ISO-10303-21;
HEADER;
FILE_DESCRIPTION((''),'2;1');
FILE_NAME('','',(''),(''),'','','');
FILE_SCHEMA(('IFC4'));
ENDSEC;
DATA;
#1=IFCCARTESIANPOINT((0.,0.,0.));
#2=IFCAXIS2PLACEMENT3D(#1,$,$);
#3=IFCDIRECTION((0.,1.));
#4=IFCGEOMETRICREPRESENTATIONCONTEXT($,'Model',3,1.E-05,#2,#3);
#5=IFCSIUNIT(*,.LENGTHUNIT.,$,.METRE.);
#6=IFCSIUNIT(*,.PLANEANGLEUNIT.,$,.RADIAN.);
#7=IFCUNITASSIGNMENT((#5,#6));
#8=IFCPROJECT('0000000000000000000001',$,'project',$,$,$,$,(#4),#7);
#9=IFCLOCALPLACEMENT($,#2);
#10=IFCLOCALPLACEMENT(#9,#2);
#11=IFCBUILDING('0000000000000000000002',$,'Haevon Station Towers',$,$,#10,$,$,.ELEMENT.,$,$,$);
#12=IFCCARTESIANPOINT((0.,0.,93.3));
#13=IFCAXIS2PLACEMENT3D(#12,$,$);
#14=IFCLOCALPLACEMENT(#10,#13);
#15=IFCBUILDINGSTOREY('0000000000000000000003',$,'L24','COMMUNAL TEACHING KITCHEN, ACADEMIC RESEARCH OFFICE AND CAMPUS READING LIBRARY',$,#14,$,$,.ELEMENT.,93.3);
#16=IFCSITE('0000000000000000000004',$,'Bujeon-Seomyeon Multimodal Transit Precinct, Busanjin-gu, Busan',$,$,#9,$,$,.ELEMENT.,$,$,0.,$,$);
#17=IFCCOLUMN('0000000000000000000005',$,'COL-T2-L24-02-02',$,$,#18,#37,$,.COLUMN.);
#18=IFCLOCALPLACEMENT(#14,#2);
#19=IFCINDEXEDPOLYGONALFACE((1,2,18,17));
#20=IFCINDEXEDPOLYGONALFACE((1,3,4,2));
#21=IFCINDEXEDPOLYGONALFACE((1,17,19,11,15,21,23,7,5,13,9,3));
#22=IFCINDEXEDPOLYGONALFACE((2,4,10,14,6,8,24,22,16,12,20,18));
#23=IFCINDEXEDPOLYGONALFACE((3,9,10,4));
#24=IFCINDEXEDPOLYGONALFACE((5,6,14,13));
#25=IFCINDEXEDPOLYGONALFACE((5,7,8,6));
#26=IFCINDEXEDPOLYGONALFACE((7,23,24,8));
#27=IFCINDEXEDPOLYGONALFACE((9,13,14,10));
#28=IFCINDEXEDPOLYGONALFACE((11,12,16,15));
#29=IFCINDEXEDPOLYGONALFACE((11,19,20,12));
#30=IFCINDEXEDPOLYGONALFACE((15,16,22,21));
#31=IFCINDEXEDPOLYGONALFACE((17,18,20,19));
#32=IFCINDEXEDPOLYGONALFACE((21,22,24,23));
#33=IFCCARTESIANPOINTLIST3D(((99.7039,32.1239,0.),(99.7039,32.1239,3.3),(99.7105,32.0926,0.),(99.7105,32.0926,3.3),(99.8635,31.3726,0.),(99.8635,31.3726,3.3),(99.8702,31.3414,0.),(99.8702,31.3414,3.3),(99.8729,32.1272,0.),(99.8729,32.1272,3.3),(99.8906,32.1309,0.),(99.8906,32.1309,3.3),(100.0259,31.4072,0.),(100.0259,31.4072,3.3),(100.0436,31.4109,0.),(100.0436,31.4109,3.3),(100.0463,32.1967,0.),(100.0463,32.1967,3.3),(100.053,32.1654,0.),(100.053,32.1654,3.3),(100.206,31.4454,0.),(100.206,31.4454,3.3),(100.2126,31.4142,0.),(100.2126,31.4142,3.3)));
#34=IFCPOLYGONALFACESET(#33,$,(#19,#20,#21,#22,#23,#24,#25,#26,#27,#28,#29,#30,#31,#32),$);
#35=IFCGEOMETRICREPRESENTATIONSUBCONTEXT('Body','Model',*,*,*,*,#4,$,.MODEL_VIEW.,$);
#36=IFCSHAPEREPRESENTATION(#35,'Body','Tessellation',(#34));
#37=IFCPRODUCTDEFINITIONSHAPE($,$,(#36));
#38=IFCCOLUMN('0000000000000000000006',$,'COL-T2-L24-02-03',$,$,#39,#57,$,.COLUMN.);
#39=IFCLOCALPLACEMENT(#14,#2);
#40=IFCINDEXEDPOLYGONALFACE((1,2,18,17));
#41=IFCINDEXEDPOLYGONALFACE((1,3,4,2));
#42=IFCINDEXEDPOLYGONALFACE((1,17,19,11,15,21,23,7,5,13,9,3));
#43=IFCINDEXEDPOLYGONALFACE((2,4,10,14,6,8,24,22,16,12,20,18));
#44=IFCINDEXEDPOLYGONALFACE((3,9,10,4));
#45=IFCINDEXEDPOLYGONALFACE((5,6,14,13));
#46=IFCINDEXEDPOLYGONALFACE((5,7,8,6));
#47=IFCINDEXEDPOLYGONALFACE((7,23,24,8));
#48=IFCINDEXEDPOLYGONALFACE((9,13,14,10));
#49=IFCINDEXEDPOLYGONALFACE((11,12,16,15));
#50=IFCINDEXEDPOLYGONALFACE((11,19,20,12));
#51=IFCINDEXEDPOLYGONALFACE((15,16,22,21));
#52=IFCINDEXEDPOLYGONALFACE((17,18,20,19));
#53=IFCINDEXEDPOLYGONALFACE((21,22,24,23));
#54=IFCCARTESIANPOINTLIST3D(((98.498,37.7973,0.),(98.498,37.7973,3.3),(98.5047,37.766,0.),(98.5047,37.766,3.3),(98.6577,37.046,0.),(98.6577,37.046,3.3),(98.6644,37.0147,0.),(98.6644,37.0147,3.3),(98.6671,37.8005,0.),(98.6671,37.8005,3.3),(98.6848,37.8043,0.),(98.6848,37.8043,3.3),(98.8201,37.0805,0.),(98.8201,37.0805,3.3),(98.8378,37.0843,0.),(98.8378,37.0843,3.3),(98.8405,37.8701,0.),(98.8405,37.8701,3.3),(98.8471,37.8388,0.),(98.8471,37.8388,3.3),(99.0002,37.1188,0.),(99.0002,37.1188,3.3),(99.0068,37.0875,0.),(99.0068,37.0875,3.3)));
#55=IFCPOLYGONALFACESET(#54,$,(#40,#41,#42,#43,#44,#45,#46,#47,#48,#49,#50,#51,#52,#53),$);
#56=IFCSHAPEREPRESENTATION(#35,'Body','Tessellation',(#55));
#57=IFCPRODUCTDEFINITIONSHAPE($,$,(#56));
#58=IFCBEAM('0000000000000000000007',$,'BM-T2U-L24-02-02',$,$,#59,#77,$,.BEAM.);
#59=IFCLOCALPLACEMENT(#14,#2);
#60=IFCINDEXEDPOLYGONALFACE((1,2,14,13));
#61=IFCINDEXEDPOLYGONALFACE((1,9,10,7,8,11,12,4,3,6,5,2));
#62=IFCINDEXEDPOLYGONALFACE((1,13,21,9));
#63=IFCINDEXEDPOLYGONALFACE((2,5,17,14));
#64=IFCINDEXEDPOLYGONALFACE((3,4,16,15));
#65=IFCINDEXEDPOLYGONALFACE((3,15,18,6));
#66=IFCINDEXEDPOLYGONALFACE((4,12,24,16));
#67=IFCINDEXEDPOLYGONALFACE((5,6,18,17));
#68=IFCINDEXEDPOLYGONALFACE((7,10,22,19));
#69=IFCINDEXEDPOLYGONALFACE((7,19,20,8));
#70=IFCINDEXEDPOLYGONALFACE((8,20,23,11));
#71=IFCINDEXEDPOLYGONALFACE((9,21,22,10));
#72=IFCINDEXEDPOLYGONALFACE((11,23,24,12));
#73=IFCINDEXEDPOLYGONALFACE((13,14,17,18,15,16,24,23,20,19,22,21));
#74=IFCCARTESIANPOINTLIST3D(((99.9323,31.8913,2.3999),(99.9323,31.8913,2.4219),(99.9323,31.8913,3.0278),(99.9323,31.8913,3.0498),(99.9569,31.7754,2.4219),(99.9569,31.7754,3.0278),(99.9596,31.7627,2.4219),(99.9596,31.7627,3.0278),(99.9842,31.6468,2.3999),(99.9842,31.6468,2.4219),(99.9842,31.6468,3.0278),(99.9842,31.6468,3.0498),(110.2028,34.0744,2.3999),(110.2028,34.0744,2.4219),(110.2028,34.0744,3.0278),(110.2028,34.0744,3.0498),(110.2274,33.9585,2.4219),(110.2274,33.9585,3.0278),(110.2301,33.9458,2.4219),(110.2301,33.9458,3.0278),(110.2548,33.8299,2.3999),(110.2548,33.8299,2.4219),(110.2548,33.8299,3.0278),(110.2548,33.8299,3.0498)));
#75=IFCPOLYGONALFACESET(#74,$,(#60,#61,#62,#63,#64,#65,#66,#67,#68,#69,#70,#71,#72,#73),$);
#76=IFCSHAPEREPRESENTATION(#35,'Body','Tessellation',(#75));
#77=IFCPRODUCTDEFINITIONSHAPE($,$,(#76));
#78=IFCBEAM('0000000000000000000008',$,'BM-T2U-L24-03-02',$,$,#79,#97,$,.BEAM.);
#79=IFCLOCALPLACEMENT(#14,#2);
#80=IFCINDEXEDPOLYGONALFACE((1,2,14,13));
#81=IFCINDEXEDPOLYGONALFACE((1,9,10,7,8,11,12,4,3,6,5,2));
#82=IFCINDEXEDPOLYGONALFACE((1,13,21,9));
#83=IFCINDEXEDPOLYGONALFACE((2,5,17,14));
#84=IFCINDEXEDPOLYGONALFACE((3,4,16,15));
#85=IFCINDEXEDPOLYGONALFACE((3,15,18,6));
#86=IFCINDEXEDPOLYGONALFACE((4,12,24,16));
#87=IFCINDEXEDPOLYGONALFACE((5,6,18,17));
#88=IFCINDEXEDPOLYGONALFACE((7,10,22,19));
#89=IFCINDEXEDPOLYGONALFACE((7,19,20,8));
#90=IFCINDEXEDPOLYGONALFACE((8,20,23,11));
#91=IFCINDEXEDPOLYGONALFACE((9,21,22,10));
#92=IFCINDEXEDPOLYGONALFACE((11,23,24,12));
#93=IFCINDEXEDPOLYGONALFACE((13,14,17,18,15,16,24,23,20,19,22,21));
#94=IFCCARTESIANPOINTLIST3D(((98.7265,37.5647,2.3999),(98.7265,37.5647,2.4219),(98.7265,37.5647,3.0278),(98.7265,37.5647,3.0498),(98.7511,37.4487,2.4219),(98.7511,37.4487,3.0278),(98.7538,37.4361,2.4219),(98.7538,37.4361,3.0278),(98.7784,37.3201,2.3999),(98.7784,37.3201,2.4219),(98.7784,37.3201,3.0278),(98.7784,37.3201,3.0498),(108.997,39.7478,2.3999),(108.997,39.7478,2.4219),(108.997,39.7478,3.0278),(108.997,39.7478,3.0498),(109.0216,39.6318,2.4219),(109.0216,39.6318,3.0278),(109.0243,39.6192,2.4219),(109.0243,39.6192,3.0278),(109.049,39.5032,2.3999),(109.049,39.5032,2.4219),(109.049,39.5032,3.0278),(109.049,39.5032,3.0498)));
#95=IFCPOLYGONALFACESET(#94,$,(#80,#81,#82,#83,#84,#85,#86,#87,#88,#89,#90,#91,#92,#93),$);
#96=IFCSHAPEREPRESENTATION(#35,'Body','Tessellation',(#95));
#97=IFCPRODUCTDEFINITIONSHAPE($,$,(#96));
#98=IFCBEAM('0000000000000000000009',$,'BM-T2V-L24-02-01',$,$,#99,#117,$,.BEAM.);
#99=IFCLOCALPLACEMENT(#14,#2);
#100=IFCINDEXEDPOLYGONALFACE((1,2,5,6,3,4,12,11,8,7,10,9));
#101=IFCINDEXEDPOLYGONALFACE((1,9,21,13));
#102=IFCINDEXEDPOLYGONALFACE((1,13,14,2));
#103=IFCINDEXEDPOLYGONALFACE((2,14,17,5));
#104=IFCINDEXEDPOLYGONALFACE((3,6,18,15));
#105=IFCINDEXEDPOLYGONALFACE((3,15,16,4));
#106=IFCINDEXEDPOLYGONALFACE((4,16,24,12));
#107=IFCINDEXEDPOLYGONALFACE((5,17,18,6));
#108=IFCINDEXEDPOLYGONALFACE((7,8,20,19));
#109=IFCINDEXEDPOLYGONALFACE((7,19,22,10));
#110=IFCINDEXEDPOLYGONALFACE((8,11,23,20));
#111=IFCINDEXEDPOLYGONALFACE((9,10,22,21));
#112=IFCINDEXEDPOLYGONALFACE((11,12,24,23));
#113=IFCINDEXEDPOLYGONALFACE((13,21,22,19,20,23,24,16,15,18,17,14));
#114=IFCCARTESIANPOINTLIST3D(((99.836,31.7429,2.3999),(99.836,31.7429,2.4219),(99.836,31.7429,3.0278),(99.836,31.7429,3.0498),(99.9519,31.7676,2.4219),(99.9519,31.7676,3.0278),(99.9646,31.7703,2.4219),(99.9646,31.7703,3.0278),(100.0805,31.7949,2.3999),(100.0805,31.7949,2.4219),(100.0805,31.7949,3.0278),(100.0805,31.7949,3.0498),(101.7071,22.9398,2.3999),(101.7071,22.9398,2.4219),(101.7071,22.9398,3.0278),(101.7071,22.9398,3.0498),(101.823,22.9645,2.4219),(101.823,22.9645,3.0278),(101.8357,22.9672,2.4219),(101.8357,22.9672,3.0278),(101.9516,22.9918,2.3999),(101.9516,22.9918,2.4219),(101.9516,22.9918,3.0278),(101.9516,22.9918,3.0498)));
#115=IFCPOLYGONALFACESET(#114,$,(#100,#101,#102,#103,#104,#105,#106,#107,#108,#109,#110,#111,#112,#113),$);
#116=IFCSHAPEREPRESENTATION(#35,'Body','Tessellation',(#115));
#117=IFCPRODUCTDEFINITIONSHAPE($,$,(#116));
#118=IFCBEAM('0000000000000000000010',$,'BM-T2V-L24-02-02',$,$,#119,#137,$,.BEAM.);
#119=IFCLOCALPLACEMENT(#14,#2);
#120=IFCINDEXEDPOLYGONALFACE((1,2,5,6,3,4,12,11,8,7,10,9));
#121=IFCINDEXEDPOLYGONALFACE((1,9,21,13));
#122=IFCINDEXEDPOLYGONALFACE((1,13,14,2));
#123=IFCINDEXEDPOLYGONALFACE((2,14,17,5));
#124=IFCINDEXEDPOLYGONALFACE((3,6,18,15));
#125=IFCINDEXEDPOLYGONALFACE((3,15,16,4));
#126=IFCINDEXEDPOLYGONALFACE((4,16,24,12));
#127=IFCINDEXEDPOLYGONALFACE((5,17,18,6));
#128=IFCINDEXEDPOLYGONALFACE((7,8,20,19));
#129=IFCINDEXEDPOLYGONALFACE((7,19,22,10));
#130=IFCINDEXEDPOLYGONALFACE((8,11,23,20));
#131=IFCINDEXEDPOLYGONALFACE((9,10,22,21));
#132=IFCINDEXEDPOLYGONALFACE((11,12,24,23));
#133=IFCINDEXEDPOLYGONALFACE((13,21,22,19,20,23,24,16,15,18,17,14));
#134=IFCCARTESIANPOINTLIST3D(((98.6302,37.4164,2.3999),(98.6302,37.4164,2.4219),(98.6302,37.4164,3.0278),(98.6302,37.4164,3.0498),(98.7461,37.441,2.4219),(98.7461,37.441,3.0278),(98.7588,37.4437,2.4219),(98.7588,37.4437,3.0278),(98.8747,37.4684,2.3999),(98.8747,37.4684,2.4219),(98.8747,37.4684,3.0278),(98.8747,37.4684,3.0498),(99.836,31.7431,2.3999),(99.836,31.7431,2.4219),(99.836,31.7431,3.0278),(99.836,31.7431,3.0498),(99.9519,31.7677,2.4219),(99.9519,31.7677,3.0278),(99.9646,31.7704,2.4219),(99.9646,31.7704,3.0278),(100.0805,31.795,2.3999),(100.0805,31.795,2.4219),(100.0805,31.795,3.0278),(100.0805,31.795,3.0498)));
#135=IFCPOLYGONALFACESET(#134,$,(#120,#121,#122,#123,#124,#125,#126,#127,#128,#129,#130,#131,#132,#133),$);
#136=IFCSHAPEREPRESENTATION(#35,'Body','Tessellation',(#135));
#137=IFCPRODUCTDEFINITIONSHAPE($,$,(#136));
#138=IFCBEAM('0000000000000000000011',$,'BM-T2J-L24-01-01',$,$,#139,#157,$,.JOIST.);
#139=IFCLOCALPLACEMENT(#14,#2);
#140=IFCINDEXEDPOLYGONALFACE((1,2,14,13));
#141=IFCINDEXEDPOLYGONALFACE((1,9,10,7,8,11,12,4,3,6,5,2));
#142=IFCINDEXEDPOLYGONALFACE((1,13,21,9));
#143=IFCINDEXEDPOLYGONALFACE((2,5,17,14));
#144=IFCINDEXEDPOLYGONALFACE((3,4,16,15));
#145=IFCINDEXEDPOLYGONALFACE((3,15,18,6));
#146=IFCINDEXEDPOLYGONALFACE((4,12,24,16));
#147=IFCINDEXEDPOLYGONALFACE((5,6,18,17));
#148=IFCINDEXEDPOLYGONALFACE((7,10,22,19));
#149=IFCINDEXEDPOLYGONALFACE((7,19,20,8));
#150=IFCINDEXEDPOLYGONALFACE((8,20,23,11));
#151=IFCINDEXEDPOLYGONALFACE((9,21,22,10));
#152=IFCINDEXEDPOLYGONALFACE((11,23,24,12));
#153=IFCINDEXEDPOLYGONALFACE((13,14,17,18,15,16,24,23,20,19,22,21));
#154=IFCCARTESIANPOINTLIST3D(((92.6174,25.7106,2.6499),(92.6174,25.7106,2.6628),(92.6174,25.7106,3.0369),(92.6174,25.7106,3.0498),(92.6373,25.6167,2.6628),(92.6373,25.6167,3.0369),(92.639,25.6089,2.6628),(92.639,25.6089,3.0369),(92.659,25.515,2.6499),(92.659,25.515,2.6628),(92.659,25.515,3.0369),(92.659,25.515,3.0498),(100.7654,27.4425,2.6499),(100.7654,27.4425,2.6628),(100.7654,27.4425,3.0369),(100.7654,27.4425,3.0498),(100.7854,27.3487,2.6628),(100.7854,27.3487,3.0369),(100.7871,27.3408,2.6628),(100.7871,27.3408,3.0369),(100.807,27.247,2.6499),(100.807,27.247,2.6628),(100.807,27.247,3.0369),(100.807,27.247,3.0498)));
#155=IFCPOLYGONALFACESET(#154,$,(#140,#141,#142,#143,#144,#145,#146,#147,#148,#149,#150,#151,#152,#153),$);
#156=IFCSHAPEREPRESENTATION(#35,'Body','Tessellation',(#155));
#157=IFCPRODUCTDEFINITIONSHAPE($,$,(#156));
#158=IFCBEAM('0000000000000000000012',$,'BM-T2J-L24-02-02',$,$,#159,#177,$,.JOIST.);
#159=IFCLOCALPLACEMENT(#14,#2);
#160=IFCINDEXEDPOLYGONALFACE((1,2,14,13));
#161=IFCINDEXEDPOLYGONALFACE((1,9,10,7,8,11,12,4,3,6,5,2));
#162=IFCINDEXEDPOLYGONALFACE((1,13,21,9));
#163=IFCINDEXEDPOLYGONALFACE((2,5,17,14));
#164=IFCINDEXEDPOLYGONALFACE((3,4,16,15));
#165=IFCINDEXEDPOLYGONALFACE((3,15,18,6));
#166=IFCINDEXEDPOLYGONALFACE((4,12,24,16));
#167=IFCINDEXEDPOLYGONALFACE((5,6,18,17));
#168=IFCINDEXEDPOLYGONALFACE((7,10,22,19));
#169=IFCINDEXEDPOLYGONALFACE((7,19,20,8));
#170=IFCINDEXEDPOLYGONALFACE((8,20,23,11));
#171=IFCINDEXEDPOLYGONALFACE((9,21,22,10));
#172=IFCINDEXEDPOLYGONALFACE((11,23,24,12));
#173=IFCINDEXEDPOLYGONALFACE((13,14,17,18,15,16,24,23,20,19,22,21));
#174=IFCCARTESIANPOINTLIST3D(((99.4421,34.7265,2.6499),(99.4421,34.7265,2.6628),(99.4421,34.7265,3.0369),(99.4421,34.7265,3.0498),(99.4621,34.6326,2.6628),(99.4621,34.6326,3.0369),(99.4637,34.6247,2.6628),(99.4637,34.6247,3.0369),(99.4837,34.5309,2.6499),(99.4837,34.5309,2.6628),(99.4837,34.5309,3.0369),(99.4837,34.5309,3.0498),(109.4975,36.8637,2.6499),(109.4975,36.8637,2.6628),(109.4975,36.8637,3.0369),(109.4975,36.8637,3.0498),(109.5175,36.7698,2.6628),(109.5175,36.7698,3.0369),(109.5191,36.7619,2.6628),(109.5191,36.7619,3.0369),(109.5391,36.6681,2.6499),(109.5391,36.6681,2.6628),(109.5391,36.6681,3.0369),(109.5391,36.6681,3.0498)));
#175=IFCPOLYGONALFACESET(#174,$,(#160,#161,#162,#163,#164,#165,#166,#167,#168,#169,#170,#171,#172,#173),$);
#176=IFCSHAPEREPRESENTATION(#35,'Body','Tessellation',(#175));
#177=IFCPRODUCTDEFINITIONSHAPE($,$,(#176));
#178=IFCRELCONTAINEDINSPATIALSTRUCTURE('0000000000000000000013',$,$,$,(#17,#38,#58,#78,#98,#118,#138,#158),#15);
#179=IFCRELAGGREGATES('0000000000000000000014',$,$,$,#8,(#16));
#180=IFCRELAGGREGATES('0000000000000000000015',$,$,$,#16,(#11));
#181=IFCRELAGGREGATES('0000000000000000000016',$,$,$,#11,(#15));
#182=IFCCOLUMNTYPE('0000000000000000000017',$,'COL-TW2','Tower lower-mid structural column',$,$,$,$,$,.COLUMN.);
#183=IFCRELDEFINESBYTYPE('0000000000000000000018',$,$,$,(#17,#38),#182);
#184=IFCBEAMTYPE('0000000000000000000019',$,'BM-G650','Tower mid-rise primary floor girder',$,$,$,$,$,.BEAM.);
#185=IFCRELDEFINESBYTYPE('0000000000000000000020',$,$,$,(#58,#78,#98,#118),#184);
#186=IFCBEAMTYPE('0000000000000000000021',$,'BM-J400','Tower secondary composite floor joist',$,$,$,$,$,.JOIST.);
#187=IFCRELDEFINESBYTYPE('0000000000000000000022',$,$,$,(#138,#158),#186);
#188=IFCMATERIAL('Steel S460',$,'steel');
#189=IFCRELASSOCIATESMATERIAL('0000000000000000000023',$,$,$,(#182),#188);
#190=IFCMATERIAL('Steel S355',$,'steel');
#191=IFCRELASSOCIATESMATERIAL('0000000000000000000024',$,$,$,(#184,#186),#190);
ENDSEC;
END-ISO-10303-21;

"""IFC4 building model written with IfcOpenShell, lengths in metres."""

from ifc_helpers import new_model, si_unit, direction, frame, origin, origin_2d, place, context, subcontext, project, spatial, i_section, extrude, material, material_profile, profile_set, type_object, element, save


model = new_model("IFC4")

# Units and contexts
model_context = context("Model", 3, precision=1e-05, world=origin(), true_north=direction((0.0, 1.0)))
body_context = subcontext(model_context, "Body", "Model", "MODEL_VIEW")
ifc_project = project(units=[si_unit("LENGTHUNIT", "METRE"), si_unit("PLANEANGLEUNIT", "RADIAN")], contexts=[model_context])

# Site, building, storey
site_placement = place(None, origin())
site = spatial("IfcSite", under=ifc_project, at=site_placement, Name="Bujeon-Seomyeon Multimodal Transit Precinct, Busanjin-gu, Busan", CompositionType="ELEMENT", RefElevation=0.0)
building_placement = place(site_placement, origin())
building = spatial("IfcBuilding", under=site, at=building_placement, Name="Haevon Station Towers", CompositionType="ELEMENT")
storey_placement = place(building_placement, frame((0.0, 0.0, 93.3)))
storey = spatial("IfcBuildingStorey", under=building, at=storey_placement, Name="L24", Description="COMMUNAL TEACHING KITCHEN, ACADEMIC RESEARCH OFFICE AND CAMPUS READING LIBRARY", CompositionType="ELEMENT", Elevation=93.3)

# Columns
ifc_material_1 = material(Name="Steel S460", Category="steel")
ifc_material_profile_1 = material_profile(ifc_material_1, i_section(OverallWidth=0.3501, OverallDepth=0.8, WebThickness=0.0181, FlangeThickness=0.032, at=origin_2d()), Name="H-800x350x18x32")
ifc_profile_set_1 = profile_set([ifc_material_profile_1], Name="Steel S460")
column_type = type_object("IfcColumnType", Name="COL-TW2", Description="Tower lower-mid structural column", PredefinedType="COLUMN", material=ifc_profile_set_1)
for number, where, z_axis, x_axis, name in (
    (1, (99.9583, 31.769, 0.0), (0.0, 0.0, 1.0), (0.978148, 0.207912, 0.0), "COL-T2-L24-02-02"),
    (2, (98.7524, 37.4424, 0.0), (0.0, 0.0, 1.0), (0.978148, 0.207912, 0.0), "COL-T2-L24-02-03"),
):
    element("IfcColumn", number, at=place(storey_placement, frame(where, z_axis=z_axis, x_axis=x_axis)), inside=storey, type_object=column_type, Name=name, PredefinedType="COLUMN", context=body_context, shape_type="SweptSolid", body=[
        extrude(i_section(OverallWidth=0.3501, OverallDepth=0.8, WebThickness=0.0181, FlangeThickness=0.032, at=origin_2d()), origin(), (0.0, 0.0, 1.0), 3.3),
    ])

# Beams
ifc_material_2 = material(Name="Steel S355", Category="steel")
ifc_material_profile_2 = material_profile(ifc_material_2, i_section(OverallWidth=0.25, OverallDepth=0.6499, WebThickness=0.0129, FlangeThickness=0.022, at=origin_2d()), Name="H-650x250x13x22")
ifc_profile_set_2 = profile_set([ifc_material_profile_2], Name="Steel S355")
beam_type_1 = type_object("IfcBeamType", Name="BM-G650", Description="Tower mid-rise primary floor girder", PredefinedType="BEAM", material=ifc_profile_set_2)
for number, where, z_axis, x_axis, name in (
    (3, (99.9583, 31.769, 2.7249), (0.978147, 0.207915, 0.0), (-0.207915, 0.978147, 0.0), "BM-T2U-L24-02-02"),
    (4, (98.7524, 37.4424, 2.7249), (0.978147, 0.207915, 0.0), (-0.207915, 0.978147, 0.0), "BM-T2U-L24-03-02"),
):
    element("IfcBeam", number, at=place(storey_placement, frame(where, z_axis=z_axis, x_axis=x_axis)), inside=storey, type_object=beam_type_1, Name=name, PredefinedType="BEAM", context=body_context, shape_type="SweptSolid", body=[
        extrude(i_section(OverallWidth=0.25, OverallDepth=0.6499, WebThickness=0.0129, FlangeThickness=0.022, at=origin_2d()), origin(), (0.0, 0.0, 1.0), 10.5),
    ])
beam_1_placement = place(storey_placement, frame((101.8293, 22.9658, 2.7249), z_axis=(-0.207902, 0.97815, 0.0), x_axis=(-0.97815, -0.207902, 0.0)))
element("IfcBeam", 5, at=beam_1_placement, inside=storey, type_object=beam_type_1, Name="BM-T2V-L24-02-01", PredefinedType="BEAM", context=body_context, shape_type="SweptSolid", body=[
    extrude(i_section(OverallWidth=0.25, OverallDepth=0.6499, WebThickness=0.0129, FlangeThickness=0.022, at=origin_2d()), origin(), (0.0, 0.0, 1.0), 8.9998),
])
beam_2_placement = place(storey_placement, frame((99.9583, 31.769, 2.7249), z_axis=(-0.207896, 0.978151, 0.0), x_axis=(-0.978151, -0.207896, 0.0)))
element("IfcBeam", 6, at=beam_2_placement, inside=storey, type_object=beam_type_1, Name="BM-T2V-L24-02-02", PredefinedType="BEAM", context=body_context, shape_type="SweptSolid", body=[
    extrude(i_section(OverallWidth=0.25, OverallDepth=0.6499, WebThickness=0.0129, FlangeThickness=0.022, at=origin_2d()), origin(), (0.0, 0.0, 1.0), 5.8),
])
ifc_material_profile_3 = material_profile(ifc_material_2, i_section(OverallWidth=0.2, OverallDepth=0.3999, WebThickness=0.0081, FlangeThickness=0.0129, at=origin_2d()), Name="H-400x200x8x13")
ifc_profile_set_3 = profile_set([ifc_material_profile_3], Name="Steel S355")
beam_type_2 = type_object("IfcBeamType", Name="BM-J400", Description="Tower secondary composite floor joist", PredefinedType="JOIST", material=ifc_profile_set_3)
beam_3_placement = place(storey_placement, frame((92.6382, 25.6128, 2.8499), z_axis=(0.978147, 0.207916, 0.0), x_axis=(-0.207916, 0.978147, 0.0)))
element("IfcBeam", 7, at=beam_3_placement, inside=storey, type_object=beam_type_2, Name="BM-T2J-L24-01-01", PredefinedType="JOIST", context=body_context, shape_type="SweptSolid", body=[
    extrude(i_section(OverallWidth=0.2, OverallDepth=0.3999, WebThickness=0.0081, FlangeThickness=0.0129, at=origin_2d()), origin(), (0.0, 0.0, 1.0), 8.3301),
])
beam_4_placement = place(storey_placement, frame((99.4629, 34.6287, 2.8499), z_axis=(0.97815, 0.207899, 0.0), x_axis=(-0.207899, 0.97815, 0.0)))
element("IfcBeam", 8, at=beam_4_placement, inside=storey, type_object=beam_type_2, Name="BM-T2J-L24-02-02", PredefinedType="JOIST", context=body_context, shape_type="SweptSolid", body=[
    extrude(i_section(OverallWidth=0.2, OverallDepth=0.3999, WebThickness=0.0081, FlangeThickness=0.0129, at=origin_2d()), origin(), (0.0, 0.0, 1.0), 10.28),
])

save(model, "model.ifc")
